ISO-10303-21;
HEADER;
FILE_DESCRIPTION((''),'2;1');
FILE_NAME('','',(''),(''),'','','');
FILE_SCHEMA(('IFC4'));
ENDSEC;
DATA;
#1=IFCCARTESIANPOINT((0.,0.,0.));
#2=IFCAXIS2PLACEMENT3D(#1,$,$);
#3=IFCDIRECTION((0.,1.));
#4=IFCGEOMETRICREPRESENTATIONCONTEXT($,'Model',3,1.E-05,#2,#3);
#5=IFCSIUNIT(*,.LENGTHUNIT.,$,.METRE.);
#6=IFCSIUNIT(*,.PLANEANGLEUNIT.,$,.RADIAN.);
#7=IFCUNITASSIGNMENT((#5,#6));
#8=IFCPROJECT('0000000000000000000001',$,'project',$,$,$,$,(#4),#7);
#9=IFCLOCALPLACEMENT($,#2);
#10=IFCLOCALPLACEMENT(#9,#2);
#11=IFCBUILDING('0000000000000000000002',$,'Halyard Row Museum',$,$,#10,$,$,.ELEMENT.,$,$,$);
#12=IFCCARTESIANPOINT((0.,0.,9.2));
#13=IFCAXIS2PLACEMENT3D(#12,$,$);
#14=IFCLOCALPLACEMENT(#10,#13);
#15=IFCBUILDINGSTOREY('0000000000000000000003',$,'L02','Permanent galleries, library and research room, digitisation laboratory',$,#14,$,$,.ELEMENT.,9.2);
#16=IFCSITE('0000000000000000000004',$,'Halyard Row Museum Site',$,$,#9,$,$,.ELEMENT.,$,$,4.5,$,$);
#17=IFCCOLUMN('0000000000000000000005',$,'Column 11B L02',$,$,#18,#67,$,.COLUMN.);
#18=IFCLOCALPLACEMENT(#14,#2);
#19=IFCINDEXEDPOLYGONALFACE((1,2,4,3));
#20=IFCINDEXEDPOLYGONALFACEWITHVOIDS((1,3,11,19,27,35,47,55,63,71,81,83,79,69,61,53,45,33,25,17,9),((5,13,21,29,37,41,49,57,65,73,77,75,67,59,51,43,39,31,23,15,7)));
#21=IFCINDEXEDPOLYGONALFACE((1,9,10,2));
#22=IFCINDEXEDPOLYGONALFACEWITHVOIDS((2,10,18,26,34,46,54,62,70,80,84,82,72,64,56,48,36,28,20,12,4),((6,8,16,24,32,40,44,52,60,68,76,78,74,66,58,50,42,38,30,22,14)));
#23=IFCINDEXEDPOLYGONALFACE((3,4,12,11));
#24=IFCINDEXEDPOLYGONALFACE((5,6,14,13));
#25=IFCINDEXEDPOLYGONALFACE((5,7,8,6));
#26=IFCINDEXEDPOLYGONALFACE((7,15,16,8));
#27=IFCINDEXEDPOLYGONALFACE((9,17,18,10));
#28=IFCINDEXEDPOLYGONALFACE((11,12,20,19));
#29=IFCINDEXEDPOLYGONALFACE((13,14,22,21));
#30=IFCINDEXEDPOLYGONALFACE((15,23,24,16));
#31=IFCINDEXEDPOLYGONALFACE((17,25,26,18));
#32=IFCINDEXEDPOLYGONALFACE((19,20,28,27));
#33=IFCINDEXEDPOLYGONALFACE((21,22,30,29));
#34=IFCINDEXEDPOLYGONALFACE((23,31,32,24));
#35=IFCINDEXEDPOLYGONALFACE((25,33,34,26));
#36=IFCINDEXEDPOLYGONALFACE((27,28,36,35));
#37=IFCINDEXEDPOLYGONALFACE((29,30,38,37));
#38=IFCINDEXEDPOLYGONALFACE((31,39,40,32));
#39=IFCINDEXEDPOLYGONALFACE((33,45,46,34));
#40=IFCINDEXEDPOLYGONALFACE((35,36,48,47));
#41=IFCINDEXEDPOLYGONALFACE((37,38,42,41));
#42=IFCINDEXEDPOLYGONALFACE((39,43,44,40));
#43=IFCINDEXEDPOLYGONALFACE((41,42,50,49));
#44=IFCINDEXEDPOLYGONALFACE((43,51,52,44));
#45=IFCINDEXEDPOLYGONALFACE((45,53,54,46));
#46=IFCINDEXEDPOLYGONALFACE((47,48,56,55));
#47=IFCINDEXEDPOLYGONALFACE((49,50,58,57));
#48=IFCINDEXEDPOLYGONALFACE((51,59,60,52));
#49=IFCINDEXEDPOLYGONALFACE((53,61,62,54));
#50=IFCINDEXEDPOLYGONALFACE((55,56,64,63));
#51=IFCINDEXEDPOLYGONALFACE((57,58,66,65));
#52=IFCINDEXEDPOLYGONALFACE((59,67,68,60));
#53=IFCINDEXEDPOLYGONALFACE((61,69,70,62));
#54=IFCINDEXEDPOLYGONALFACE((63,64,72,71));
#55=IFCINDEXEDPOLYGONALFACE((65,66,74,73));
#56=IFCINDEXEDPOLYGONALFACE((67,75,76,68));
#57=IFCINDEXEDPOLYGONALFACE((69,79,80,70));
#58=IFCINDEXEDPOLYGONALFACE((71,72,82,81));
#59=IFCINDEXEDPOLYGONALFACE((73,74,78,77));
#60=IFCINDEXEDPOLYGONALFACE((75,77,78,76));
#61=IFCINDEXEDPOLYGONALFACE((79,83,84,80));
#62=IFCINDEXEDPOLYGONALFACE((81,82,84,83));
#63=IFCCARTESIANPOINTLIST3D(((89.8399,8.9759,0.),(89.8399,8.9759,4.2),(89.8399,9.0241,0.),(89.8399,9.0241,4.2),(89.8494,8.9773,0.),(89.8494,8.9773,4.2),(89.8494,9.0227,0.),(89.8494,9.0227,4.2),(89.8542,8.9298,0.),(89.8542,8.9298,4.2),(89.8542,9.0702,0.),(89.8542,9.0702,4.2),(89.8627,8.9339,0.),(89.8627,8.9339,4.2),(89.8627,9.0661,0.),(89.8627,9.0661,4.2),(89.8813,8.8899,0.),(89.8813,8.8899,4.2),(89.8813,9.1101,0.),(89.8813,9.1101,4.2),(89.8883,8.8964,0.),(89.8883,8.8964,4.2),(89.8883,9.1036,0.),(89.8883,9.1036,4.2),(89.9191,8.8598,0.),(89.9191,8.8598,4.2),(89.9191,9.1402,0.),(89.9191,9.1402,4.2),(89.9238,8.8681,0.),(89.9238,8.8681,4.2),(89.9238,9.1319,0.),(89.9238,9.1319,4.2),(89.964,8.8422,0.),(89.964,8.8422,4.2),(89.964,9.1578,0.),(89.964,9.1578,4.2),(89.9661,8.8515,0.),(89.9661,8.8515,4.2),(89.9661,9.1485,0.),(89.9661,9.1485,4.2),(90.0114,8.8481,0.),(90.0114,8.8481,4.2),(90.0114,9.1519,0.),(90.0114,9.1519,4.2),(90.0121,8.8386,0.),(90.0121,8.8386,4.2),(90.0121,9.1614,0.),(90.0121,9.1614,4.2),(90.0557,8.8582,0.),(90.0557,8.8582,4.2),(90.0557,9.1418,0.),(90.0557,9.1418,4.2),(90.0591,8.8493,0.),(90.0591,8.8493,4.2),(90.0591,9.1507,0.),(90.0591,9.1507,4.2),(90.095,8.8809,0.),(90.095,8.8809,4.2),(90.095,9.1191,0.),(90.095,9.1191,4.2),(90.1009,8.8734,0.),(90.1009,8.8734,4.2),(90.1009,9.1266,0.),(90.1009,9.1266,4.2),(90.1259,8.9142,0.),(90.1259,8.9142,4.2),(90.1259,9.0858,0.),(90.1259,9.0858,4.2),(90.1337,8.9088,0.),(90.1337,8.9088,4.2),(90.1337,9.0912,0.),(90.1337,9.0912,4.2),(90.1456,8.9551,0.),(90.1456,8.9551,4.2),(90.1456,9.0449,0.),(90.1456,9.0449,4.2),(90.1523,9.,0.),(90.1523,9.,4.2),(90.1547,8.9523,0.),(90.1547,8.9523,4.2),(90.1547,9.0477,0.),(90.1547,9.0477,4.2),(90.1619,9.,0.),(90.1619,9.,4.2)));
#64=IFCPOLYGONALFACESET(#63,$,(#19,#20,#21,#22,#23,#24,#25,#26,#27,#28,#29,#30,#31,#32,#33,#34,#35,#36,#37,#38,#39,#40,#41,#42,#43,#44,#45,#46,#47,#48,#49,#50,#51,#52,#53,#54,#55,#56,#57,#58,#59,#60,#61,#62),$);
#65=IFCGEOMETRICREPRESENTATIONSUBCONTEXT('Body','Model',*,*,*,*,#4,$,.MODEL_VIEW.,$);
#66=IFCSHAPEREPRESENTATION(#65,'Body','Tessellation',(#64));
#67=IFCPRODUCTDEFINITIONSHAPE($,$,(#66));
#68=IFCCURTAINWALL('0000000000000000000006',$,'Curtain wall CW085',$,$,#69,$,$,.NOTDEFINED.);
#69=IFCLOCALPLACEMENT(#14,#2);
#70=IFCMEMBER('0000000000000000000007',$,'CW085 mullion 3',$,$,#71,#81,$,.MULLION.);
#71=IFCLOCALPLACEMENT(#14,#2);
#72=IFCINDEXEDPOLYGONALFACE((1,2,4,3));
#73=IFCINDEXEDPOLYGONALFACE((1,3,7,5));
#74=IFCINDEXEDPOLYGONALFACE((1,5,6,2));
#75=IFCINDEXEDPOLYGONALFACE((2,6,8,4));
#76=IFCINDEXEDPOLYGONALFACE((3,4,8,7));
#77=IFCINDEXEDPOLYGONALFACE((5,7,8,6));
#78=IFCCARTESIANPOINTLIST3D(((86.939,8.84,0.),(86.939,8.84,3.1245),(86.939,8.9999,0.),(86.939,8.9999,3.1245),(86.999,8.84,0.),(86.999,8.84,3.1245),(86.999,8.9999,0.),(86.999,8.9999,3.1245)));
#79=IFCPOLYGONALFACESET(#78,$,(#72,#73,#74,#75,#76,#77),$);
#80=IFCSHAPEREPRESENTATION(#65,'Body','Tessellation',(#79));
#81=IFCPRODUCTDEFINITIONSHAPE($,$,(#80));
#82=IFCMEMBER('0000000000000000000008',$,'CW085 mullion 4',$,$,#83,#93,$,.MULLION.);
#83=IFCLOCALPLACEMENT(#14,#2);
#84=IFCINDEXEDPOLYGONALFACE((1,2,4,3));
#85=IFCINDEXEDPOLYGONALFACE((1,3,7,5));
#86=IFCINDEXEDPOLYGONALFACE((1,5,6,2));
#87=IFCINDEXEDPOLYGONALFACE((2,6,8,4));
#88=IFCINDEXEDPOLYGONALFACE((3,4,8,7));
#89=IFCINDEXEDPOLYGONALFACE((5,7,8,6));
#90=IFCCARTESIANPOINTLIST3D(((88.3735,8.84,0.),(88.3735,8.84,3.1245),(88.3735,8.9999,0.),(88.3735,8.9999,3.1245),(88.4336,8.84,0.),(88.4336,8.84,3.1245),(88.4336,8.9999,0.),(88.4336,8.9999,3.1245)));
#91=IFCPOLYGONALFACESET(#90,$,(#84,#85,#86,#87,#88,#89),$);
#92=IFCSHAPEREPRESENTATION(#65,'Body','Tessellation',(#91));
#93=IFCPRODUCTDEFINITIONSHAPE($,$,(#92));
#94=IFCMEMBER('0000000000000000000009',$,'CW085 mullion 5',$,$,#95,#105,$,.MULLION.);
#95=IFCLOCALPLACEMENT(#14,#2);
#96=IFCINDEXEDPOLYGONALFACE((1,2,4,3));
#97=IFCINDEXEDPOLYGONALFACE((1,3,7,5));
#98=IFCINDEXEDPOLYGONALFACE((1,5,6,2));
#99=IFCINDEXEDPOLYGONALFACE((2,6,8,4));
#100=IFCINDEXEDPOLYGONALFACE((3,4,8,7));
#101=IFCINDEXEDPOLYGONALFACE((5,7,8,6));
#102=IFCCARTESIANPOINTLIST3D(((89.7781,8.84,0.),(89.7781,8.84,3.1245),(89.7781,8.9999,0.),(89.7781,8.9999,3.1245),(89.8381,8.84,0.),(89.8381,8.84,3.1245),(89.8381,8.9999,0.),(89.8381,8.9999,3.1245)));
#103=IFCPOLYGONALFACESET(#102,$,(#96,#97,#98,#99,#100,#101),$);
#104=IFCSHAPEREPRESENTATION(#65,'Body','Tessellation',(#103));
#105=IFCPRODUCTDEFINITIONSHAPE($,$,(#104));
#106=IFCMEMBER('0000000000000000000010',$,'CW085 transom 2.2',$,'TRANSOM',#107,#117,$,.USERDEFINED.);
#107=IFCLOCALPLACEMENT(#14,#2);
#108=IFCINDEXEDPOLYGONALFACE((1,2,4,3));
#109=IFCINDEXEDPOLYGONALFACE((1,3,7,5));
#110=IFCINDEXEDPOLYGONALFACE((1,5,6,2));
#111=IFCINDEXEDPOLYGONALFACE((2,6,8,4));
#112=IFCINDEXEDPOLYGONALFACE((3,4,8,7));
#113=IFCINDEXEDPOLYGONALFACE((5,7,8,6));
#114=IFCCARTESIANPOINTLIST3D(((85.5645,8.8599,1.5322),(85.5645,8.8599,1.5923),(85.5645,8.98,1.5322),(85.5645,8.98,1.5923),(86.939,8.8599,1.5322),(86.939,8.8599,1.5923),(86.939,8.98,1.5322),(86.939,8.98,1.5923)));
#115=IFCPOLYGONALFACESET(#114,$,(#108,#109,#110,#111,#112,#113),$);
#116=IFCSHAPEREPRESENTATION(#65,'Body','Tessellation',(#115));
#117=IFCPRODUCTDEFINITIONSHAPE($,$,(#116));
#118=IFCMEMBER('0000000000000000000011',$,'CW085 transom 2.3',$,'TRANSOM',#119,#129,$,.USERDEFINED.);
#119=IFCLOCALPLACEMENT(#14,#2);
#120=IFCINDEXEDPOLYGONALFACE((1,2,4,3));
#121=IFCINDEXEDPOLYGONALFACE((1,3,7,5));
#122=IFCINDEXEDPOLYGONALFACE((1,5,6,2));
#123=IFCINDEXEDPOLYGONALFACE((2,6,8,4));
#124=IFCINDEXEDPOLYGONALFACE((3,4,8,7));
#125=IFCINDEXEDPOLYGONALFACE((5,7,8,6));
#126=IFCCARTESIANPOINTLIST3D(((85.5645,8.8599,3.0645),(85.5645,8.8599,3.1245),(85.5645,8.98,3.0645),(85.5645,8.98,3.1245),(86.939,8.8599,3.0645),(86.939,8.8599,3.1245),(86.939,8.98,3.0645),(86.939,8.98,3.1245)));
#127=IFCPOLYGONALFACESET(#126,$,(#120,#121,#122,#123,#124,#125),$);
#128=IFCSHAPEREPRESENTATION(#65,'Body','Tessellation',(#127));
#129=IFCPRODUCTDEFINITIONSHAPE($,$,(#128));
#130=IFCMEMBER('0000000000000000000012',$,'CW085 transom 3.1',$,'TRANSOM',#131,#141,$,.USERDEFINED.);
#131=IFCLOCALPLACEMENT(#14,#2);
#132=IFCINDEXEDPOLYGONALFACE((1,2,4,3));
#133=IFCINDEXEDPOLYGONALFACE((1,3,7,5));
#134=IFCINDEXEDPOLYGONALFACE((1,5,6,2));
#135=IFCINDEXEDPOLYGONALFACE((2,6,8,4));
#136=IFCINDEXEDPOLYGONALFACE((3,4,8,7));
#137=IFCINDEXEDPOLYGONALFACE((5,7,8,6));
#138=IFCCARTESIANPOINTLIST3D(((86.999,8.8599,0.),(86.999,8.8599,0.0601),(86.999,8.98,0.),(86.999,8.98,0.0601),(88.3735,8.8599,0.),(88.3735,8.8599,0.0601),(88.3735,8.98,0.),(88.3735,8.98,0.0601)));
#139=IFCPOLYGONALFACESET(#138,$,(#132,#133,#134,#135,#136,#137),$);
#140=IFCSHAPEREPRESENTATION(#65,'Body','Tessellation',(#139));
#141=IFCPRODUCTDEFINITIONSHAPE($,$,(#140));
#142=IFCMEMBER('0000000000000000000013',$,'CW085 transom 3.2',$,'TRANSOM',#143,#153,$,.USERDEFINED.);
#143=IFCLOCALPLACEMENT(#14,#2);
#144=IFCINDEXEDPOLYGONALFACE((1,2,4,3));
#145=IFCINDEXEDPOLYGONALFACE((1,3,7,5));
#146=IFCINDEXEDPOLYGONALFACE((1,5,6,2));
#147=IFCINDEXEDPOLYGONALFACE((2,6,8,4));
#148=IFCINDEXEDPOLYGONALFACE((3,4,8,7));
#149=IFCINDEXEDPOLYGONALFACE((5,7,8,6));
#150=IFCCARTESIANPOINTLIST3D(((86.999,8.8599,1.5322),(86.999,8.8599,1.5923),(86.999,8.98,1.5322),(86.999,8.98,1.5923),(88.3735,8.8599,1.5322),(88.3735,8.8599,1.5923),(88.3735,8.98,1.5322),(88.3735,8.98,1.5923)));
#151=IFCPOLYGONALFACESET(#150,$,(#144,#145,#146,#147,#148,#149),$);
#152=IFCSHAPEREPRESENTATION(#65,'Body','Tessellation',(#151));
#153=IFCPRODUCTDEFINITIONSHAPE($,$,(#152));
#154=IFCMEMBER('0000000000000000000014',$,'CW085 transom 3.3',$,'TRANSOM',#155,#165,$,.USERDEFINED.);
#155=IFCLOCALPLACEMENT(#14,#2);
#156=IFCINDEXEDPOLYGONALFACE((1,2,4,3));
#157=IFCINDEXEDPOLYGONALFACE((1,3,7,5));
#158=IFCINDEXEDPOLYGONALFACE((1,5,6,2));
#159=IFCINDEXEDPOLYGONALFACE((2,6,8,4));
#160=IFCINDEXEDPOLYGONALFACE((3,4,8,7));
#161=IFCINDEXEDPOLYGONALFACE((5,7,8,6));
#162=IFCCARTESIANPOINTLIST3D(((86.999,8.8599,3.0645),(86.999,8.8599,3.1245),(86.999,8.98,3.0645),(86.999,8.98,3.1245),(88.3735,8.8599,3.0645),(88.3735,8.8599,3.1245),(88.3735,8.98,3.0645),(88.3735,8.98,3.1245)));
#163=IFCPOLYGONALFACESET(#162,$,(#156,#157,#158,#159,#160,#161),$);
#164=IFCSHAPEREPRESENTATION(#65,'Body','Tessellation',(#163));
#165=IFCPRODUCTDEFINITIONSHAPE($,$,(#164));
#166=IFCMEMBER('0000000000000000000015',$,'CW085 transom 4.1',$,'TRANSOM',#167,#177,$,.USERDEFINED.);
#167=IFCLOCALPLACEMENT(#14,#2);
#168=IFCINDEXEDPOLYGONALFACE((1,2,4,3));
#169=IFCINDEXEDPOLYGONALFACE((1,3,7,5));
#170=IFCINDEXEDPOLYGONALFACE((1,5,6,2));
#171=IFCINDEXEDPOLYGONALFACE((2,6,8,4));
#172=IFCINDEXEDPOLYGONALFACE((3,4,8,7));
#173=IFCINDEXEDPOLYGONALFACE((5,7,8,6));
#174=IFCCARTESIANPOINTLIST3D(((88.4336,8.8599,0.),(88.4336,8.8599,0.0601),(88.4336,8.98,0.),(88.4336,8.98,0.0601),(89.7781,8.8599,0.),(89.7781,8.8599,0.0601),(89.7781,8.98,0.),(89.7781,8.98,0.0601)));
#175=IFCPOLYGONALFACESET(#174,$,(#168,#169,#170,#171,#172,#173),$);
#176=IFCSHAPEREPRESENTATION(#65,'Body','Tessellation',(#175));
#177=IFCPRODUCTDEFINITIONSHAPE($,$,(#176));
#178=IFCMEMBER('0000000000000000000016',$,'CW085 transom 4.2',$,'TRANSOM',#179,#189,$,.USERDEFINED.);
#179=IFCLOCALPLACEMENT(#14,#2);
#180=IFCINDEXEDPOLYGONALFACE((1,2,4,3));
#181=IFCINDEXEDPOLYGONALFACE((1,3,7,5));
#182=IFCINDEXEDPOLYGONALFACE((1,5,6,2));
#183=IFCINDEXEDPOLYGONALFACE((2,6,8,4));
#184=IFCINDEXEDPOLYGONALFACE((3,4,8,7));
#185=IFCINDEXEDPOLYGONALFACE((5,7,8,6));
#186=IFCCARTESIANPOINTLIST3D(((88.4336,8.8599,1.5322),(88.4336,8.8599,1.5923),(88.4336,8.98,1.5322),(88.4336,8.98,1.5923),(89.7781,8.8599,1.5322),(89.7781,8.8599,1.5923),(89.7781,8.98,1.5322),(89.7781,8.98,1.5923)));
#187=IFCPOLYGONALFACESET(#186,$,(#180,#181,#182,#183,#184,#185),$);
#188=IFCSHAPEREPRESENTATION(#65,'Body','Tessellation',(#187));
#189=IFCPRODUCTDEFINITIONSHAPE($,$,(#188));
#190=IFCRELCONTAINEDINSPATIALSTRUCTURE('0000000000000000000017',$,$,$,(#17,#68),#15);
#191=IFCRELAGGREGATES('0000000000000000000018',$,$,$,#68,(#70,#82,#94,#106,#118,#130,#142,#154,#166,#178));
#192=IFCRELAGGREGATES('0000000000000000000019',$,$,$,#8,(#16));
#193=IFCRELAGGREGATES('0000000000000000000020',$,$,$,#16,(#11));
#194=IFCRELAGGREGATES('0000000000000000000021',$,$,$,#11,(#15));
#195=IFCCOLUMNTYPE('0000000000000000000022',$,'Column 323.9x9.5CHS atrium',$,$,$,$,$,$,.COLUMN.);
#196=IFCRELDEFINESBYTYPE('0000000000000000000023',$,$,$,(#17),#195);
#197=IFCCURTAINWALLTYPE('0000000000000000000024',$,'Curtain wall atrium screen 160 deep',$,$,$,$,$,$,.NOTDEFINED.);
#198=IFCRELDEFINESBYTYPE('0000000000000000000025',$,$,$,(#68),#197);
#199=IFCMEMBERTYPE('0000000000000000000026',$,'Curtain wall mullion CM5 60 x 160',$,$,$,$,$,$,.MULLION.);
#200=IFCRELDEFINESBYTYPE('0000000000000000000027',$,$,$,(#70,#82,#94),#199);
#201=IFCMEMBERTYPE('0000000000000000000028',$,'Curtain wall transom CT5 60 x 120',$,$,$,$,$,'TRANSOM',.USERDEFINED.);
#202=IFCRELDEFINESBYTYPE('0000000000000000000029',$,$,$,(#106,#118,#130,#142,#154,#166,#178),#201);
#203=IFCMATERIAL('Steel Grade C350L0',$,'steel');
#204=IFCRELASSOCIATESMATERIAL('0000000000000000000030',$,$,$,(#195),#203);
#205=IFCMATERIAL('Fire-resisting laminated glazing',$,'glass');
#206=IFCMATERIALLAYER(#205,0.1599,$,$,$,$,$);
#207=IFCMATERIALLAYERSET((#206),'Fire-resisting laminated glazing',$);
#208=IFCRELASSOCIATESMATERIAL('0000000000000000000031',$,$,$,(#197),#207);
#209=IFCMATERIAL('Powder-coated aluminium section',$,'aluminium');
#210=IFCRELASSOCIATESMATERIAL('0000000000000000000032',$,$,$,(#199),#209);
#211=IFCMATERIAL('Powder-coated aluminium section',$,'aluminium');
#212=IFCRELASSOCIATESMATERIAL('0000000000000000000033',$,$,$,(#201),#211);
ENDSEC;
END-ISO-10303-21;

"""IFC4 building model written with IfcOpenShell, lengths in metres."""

from ifc_helpers import new_model, si_unit, direction, frame, origin, origin_2d, place, context, subcontext, project, spatial, rectangle, hollow_circle, extrude, material, layer, layer_set, material_profile, profile_set, type_object, element, aggregate, save


model = new_model("IFC4")

# Units and contexts
model_context = context("Model", 3, precision=1e-05, world=origin(), true_north=direction((0.0, 1.0)))
body_context = subcontext(model_context, "Body", "Model", "MODEL_VIEW")
ifc_project = project(units=[si_unit("LENGTHUNIT", "METRE"), si_unit("PLANEANGLEUNIT", "RADIAN")], contexts=[model_context])

# Site, building, storey
site_placement = place(None, origin())
site = spatial("IfcSite", under=ifc_project, at=site_placement, Name="Halyard Row Museum Site", CompositionType="ELEMENT", RefElevation=4.5)
building_placement = place(site_placement, origin())
building = spatial("IfcBuilding", under=site, at=building_placement, Name="Halyard Row Museum", CompositionType="ELEMENT")
storey_placement = place(building_placement, frame((0.0, 0.0, 9.2)))
storey = spatial("IfcBuildingStorey", under=building, at=storey_placement, Name="L02", Description="Permanent galleries, library and research room, digitisation laboratory", CompositionType="ELEMENT", Elevation=9.2)

# Column
ifc_material_1 = material(Name="Steel Grade C350L0", Category="steel")
ifc_material_profile_1 = material_profile(ifc_material_1, hollow_circle(Radius=0.1619, WallThickness=0.0095, at=origin_2d()), Name="323.9x9.5CHS")
ifc_profile_set_1 = profile_set([ifc_material_profile_1], Name="Steel Grade C350L0")
column_type = type_object("IfcColumnType", Name="Column 323.9x9.5CHS atrium", PredefinedType="COLUMN", material=ifc_profile_set_1)
column_placement = place(storey_placement, frame((90.0, 9.0, 0.0), z_axis=(0.0, 0.0, 1.0), x_axis=(1.0, 0.0, 0.0)))
element("IfcColumn", 1, at=column_placement, inside=storey, type_object=column_type, Name="Column 11B L02", PredefinedType="COLUMN", context=body_context, shape_type="SweptSolid", body=[
    extrude(hollow_circle(Radius=0.1619, WallThickness=0.0095, at=origin_2d()), origin(), (0.0, 0.0, 1.0), 4.2),
])

# Curtain wall, members
ifc_material_2 = material(Name="Fire-resisting laminated glazing", Category="glass")
ifc_layer_1 = layer(ifc_material_2, 0.1599)
ifc_layer_set_1 = layer_set([ifc_layer_1], Name="Fire-resisting laminated glazing")
curtain_wall_type = type_object("IfcCurtainWallType", Name="Curtain wall atrium screen 160 deep", PredefinedType="NOTDEFINED", material=ifc_layer_set_1)
curtain_wall_placement = place(storey_placement, origin())
curtain_wall = element("IfcCurtainWall", 2, at=curtain_wall_placement, inside=storey, type_object=curtain_wall_type, Name="Curtain wall CW085", PredefinedType="NOTDEFINED")
ifc_material_3 = material(Name="Powder-coated aluminium section", Category="aluminium")
ifc_material_profile_2 = material_profile(ifc_material_3, rectangle(XDim=0.1599, YDim=0.0601, at=origin_2d()), Name="160x60 mullion")
ifc_profile_set_2 = profile_set([ifc_material_profile_2], Name="Powder-coated aluminium section")
member_type_1 = type_object("IfcMemberType", Name="Curtain wall mullion CM5 60 x 160", PredefinedType="MULLION", material=ifc_profile_set_2)
member_1_placement = place(storey_placement, frame((86.969, 8.9199, 0.0), z_axis=(0.0, 0.0, 1.0), x_axis=(0.0, 1.0, 0.0)))
member_1 = element("IfcMember", 3, at=member_1_placement, type_object=member_type_1, Name="CW085 mullion 3", PredefinedType="MULLION", context=body_context, shape_type="SweptSolid", body=[
    extrude(rectangle(XDim=0.1599, YDim=0.0601, at=origin_2d()), origin(), (0.0, 0.0, 1.0), 3.1245),
])
member_2_placement = place(storey_placement, frame((88.4036, 8.9199, 0.0), z_axis=(0.0, 0.0, 1.0), x_axis=(0.0, 1.0, 0.0)))
member_2 = element("IfcMember", 4, at=member_2_placement, type_object=member_type_1, Name="CW085 mullion 4", PredefinedType="MULLION", context=body_context, shape_type="SweptSolid", body=[
    extrude(rectangle(XDim=0.1599, YDim=0.0601, at=origin_2d()), origin(), (0.0, 0.0, 1.0), 3.1245),
])
member_3_placement = place(storey_placement, frame((89.8081, 8.9199, 0.0), z_axis=(0.0, 0.0, 1.0), x_axis=(0.0, 1.0, 0.0)))
member_3 = element("IfcMember", 5, at=member_3_placement, type_object=member_type_1, Name="CW085 mullion 5", PredefinedType="MULLION", context=body_context, shape_type="SweptSolid", body=[
    extrude(rectangle(XDim=0.1599, YDim=0.0601, at=origin_2d()), origin(), (0.0, 0.0, 1.0), 3.1245),
])
ifc_material_4 = material(Name="Powder-coated aluminium section", Category="aluminium")
ifc_material_profile_3 = material_profile(ifc_material_4, rectangle(XDim=0.1201, YDim=0.0601, at=origin_2d()), Name="120x60 transom")
ifc_profile_set_3 = profile_set([ifc_material_profile_3], Name="Powder-coated aluminium section")
member_type_2 = type_object("IfcMemberType", Name="Curtain wall transom CT5 60 x 120", ElementType="TRANSOM", PredefinedType="USERDEFINED", material=ifc_profile_set_3)
member_4_placement = place(storey_placement, frame((85.5645, 8.9199, 1.5623), z_axis=(1.0, 0.0, 0.0), x_axis=(0.0, 1.0, 0.0)))
member_4 = element("IfcMember", 6, at=member_4_placement, type_object=member_type_2, Name="CW085 transom 2.2", ObjectType="TRANSOM", PredefinedType="USERDEFINED", context=body_context, shape_type="SweptSolid", body=[
    extrude(rectangle(XDim=0.1201, YDim=0.0601, at=origin_2d()), origin(), (0.0, 0.0, 1.0), 1.3745),
])
member_5_placement = place(storey_placement, frame((85.5645, 8.9199, 3.0945), z_axis=(1.0, 0.0, 0.0), x_axis=(0.0, 1.0, 0.0)))
member_5 = element("IfcMember", 7, at=member_5_placement, type_object=member_type_2, Name="CW085 transom 2.3", ObjectType="TRANSOM", PredefinedType="USERDEFINED", context=body_context, shape_type="SweptSolid", body=[
    extrude(rectangle(XDim=0.1201, YDim=0.0601, at=origin_2d()), origin(), (0.0, 0.0, 1.0), 1.3745),
])
member_6_placement = place(storey_placement, frame((86.999, 8.9199, 0.03), z_axis=(1.0, 0.0, 0.0), x_axis=(0.0, 1.0, 0.0)))
member_6 = element("IfcMember", 8, at=member_6_placement, type_object=member_type_2, Name="CW085 transom 3.1", ObjectType="TRANSOM", PredefinedType="USERDEFINED", context=body_context, shape_type="SweptSolid", body=[
    extrude(rectangle(XDim=0.1201, YDim=0.0601, at=origin_2d()), origin(), (0.0, 0.0, 1.0), 1.3745),
])
member_7_placement = place(storey_placement, frame((86.999, 8.9199, 1.5623), z_axis=(1.0, 0.0, 0.0), x_axis=(0.0, 1.0, 0.0)))
member_7 = element("IfcMember", 9, at=member_7_placement, type_object=member_type_2, Name="CW085 transom 3.2", ObjectType="TRANSOM", PredefinedType="USERDEFINED", context=body_context, shape_type="SweptSolid", body=[
    extrude(rectangle(XDim=0.1201, YDim=0.0601, at=origin_2d()), origin(), (0.0, 0.0, 1.0), 1.3745),
])
member_8_placement = place(storey_placement, frame((86.999, 8.9199, 3.0945), z_axis=(1.0, 0.0, 0.0), x_axis=(0.0, 1.0, 0.0)))
member_8 = element("IfcMember", 10, at=member_8_placement, type_object=member_type_2, Name="CW085 transom 3.3", ObjectType="TRANSOM", PredefinedType="USERDEFINED", context=body_context, shape_type="SweptSolid", body=[
    extrude(rectangle(XDim=0.1201, YDim=0.0601, at=origin_2d()), origin(), (0.0, 0.0, 1.0), 1.3745),
])
member_9_placement = place(storey_placement, frame((88.4336, 8.9199, 0.03), z_axis=(1.0, 0.0, 0.0), x_axis=(0.0, 1.0, 0.0)))
member_9 = element("IfcMember", 11, at=member_9_placement, type_object=member_type_2, Name="CW085 transom 4.1", ObjectType="TRANSOM", PredefinedType="USERDEFINED", context=body_context, shape_type="SweptSolid", body=[
    extrude(rectangle(XDim=0.1201, YDim=0.0601, at=origin_2d()), origin(), (0.0, 0.0, 1.0), 1.3445),
])
member_10_placement = place(storey_placement, frame((88.4336, 8.9199, 1.5623), z_axis=(1.0, 0.0, 0.0), x_axis=(0.0, 1.0, 0.0)))
member_10 = element("IfcMember", 12, at=member_10_placement, type_object=member_type_2, Name="CW085 transom 4.2", ObjectType="TRANSOM", PredefinedType="USERDEFINED", context=body_context, shape_type="SweptSolid", body=[
    extrude(rectangle(XDim=0.1201, YDim=0.0601, at=origin_2d()), origin(), (0.0, 0.0, 1.0), 1.3445),
])

aggregate(curtain_wall, [member_1, member_2, member_3, member_4, member_5, member_6, member_7, member_8, member_9, member_10])

save(model, "model.ifc")
